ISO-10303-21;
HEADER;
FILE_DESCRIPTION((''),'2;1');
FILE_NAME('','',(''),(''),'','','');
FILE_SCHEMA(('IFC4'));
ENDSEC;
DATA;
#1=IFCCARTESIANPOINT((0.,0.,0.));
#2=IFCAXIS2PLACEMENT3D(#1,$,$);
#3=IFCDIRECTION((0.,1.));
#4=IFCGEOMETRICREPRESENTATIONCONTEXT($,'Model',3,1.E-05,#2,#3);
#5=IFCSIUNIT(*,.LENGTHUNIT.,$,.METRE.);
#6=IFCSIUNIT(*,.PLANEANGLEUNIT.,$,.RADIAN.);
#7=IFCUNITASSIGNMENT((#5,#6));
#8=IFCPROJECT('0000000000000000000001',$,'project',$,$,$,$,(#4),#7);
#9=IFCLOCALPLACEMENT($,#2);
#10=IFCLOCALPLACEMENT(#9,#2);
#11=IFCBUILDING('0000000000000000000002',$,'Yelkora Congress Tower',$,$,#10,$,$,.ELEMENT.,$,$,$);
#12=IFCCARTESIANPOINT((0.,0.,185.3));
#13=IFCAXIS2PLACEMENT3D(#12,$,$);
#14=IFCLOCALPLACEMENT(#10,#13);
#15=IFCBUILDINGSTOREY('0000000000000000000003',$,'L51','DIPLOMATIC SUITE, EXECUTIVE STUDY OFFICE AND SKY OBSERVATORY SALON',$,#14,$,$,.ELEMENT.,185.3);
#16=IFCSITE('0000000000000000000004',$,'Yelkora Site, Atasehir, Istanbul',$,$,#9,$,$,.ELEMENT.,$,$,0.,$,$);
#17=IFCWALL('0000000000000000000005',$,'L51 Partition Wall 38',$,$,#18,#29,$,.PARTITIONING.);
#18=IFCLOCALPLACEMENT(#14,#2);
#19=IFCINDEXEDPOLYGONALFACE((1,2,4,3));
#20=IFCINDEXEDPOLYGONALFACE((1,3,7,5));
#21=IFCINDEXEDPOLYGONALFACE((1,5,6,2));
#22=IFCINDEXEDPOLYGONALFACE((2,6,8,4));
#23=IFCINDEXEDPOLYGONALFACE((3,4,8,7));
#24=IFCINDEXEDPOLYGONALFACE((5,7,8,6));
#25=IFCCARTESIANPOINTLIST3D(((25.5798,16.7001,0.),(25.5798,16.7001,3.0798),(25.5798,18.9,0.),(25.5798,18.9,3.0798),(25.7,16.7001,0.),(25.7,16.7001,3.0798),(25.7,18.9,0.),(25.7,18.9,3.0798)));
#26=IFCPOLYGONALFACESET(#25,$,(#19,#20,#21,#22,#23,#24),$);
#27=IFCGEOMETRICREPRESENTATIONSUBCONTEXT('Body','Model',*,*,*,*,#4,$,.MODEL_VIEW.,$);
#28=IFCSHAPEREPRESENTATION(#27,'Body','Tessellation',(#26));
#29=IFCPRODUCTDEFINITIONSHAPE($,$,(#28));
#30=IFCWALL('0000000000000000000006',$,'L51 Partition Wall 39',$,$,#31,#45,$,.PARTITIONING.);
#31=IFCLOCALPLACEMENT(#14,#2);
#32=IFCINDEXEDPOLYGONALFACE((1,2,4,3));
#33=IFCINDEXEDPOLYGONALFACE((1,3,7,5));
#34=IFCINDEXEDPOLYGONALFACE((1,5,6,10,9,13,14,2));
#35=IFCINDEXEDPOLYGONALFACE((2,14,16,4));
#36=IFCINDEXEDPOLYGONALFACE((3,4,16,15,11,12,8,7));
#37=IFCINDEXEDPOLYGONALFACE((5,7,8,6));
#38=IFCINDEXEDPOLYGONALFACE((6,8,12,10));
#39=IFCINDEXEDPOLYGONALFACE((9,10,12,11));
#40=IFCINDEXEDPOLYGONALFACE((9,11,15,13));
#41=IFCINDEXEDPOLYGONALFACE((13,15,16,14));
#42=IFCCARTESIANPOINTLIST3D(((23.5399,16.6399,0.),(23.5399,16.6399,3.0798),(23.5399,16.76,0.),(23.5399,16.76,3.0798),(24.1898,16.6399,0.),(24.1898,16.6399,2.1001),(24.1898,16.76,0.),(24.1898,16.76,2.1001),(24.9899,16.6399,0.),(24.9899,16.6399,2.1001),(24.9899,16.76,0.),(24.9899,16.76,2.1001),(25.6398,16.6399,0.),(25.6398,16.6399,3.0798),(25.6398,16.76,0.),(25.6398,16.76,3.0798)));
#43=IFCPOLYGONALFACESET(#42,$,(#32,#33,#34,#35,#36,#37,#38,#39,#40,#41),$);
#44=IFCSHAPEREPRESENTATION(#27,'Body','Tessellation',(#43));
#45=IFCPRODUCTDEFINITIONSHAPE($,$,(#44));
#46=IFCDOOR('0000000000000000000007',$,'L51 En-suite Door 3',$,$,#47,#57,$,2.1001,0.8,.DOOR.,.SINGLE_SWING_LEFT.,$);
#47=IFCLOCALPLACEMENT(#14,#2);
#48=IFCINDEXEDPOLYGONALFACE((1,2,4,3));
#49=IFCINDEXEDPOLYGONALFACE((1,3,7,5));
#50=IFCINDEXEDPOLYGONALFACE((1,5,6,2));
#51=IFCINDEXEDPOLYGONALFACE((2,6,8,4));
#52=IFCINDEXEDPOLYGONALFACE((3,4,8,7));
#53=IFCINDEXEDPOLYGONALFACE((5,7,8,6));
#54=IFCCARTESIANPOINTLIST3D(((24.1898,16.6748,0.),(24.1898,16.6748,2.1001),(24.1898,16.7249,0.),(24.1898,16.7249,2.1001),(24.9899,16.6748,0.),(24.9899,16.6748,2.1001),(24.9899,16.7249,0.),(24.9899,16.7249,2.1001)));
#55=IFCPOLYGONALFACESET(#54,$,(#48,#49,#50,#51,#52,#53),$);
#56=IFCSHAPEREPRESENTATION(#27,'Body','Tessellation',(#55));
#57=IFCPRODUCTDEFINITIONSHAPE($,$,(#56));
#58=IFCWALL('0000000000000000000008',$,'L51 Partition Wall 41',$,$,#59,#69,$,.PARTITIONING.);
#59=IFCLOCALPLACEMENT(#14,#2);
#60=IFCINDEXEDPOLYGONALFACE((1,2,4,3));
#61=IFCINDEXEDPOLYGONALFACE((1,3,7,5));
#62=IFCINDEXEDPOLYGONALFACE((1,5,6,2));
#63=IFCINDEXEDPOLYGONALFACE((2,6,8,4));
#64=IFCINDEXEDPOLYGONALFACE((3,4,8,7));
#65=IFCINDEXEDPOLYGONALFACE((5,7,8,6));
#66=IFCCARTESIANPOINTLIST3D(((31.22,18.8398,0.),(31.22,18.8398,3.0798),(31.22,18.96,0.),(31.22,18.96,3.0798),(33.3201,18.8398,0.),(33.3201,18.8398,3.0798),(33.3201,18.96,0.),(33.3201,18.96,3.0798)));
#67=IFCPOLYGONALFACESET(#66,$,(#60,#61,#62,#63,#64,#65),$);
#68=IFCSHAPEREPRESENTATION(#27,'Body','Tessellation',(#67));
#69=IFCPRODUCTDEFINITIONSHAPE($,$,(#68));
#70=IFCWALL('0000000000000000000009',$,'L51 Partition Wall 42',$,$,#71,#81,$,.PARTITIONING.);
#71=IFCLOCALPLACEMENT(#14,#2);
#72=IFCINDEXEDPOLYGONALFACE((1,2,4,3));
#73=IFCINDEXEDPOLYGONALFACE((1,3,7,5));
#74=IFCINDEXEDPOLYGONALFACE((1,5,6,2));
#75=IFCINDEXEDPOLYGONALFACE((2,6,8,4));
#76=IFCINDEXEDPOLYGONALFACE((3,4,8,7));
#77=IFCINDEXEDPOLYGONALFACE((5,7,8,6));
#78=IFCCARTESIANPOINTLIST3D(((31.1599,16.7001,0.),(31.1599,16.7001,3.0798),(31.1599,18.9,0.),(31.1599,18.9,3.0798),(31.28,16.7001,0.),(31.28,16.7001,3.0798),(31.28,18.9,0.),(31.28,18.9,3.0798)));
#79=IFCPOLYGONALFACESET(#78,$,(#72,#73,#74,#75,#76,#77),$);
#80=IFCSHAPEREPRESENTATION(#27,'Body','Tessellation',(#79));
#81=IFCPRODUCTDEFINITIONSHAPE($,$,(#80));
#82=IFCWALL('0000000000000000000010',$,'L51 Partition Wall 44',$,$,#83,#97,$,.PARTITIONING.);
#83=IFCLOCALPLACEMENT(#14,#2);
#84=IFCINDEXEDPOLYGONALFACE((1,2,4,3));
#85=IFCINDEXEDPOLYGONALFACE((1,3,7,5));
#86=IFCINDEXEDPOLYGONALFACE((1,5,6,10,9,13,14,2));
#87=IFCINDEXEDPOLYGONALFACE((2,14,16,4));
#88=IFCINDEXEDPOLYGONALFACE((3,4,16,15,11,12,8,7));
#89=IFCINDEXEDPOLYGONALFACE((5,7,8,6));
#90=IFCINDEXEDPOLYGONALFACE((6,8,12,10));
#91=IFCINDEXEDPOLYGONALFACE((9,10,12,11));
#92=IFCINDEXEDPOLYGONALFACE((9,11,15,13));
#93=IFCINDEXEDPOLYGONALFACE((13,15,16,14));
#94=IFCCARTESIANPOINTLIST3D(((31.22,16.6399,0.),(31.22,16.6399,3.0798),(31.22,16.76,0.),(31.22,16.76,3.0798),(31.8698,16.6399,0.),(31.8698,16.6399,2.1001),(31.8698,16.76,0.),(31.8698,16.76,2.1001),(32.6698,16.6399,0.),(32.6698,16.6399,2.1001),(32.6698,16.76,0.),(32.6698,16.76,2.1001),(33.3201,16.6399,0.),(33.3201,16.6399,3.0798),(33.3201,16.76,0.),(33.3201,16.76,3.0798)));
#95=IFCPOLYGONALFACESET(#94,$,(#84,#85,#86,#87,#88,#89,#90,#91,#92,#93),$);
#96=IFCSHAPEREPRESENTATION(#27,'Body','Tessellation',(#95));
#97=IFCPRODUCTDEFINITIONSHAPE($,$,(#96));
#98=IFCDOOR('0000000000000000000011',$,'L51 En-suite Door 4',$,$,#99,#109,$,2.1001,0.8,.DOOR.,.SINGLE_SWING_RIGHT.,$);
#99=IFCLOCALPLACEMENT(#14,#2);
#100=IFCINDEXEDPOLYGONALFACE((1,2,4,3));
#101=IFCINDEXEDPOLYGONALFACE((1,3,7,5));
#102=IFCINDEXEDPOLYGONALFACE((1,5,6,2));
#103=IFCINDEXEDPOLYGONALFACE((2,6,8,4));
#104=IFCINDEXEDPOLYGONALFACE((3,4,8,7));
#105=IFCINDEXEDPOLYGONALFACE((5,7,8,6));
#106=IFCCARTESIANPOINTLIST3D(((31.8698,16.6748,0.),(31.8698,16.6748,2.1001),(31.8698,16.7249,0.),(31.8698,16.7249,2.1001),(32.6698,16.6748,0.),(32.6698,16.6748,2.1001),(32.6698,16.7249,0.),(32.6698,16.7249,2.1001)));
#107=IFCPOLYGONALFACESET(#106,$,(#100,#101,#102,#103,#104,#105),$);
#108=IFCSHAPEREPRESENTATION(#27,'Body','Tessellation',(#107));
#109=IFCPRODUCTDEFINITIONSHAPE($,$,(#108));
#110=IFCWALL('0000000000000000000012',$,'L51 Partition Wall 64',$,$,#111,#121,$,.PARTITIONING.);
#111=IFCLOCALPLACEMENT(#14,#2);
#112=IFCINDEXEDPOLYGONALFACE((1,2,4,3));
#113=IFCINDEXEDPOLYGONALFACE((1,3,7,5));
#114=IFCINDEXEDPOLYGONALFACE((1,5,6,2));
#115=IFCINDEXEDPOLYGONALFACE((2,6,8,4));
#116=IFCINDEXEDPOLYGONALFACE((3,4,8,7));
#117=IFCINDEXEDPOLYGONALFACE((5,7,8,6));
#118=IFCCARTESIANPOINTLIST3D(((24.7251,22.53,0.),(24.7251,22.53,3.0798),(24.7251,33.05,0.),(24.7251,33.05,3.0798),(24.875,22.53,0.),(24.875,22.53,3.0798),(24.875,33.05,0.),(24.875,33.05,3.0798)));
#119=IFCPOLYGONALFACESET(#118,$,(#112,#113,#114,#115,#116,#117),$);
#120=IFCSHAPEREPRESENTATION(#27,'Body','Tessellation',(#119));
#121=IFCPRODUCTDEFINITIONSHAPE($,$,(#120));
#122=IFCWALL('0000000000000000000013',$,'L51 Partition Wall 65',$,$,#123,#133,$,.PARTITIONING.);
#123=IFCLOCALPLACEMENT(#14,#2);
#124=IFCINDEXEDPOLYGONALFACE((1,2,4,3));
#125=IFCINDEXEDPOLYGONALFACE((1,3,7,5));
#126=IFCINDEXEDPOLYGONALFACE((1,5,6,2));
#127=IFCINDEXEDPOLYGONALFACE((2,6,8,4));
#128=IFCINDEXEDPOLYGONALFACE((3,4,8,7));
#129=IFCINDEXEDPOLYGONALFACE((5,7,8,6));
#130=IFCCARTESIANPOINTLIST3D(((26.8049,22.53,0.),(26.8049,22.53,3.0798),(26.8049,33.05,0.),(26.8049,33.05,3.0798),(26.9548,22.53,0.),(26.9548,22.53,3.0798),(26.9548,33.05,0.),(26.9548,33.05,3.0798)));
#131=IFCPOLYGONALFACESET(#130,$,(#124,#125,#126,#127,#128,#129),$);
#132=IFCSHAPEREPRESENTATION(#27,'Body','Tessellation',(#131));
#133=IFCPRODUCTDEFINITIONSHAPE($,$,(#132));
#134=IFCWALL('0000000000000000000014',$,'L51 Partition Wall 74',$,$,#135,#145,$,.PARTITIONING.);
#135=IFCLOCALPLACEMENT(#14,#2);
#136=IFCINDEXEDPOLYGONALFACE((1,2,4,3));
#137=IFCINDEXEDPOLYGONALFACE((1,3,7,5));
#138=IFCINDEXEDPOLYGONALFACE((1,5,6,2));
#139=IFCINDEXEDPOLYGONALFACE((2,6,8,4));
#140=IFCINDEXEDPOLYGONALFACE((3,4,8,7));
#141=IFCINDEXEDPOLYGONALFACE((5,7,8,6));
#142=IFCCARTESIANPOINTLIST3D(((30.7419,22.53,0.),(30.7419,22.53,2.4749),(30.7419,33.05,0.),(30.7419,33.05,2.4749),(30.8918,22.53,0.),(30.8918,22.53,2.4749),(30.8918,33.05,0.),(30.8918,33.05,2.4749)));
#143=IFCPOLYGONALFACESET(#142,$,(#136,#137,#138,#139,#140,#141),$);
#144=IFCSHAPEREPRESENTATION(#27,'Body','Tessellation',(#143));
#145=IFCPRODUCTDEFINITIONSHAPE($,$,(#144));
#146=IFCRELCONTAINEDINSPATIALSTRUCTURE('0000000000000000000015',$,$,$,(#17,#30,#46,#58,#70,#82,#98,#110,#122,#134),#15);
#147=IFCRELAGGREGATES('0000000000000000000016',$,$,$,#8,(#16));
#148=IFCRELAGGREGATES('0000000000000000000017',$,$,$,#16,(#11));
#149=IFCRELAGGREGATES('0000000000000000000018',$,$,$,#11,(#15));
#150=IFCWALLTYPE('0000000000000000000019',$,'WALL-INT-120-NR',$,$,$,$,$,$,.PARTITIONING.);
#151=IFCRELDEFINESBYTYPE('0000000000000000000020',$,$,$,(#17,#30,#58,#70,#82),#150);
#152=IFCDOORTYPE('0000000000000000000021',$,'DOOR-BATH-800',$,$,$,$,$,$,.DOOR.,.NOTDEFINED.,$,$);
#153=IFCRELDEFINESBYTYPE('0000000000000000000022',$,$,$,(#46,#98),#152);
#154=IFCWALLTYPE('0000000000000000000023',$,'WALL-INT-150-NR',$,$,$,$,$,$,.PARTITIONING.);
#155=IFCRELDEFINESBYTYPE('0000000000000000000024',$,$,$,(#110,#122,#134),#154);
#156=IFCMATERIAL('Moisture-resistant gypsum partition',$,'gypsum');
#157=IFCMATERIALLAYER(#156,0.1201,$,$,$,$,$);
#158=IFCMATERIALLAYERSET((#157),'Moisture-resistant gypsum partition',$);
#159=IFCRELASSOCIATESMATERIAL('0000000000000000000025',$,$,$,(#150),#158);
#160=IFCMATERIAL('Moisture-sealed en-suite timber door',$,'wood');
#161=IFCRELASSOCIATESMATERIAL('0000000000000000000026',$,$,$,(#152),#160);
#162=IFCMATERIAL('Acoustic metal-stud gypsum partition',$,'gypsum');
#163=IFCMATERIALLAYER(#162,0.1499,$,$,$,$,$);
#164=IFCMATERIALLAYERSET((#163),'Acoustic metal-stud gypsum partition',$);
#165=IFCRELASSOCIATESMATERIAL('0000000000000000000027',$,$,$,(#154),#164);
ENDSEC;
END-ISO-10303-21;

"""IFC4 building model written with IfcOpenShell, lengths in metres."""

from ifc_helpers import new_model, si_unit, direction, frame, frame_2d, origin, place, context, subcontext, project, spatial, rectangle, extrude, material, layer, layer_set, type_object, element, fill, save


model = new_model("IFC4")

# Units and contexts
model_context = context("Model", 3, precision=1e-05, world=origin(), true_north=direction((0.0, 1.0)))
body_context = subcontext(model_context, "Body", "Model", "MODEL_VIEW")
ifc_project = project(units=[si_unit("LENGTHUNIT", "METRE"), si_unit("PLANEANGLEUNIT", "RADIAN")], contexts=[model_context])

# Site, building, storey
site_placement = place(None, origin())
site = spatial("IfcSite", under=ifc_project, at=site_placement, Name="Yelkora Site, Atasehir, Istanbul", CompositionType="ELEMENT", RefElevation=0.0)
building_placement = place(site_placement, origin())
building = spatial("IfcBuilding", under=site, at=building_placement, Name="Yelkora Congress Tower", CompositionType="ELEMENT")
storey_placement = place(building_placement, frame((0.0, 0.0, 185.3)))
storey = spatial("IfcBuildingStorey", under=building, at=storey_placement, Name="L51", Description="DIPLOMATIC SUITE, EXECUTIVE STUDY OFFICE AND SKY OBSERVATORY SALON", CompositionType="ELEMENT", Elevation=185.3)

# Wall
ifc_material_1 = material(Name="Moisture-resistant gypsum partition", Category="gypsum")
ifc_layer_1 = layer(ifc_material_1, 0.1201)
ifc_layer_set_1 = layer_set([ifc_layer_1], Name="Moisture-resistant gypsum partition")
wall_type_1 = type_object("IfcWallType", Name="WALL-INT-120-NR", PredefinedType="PARTITIONING", material=ifc_layer_set_1)
wall_1_placement = place(storey_placement, frame((25.6399, 16.7, 0.0), z_axis=(0.0, 0.0, 1.0), x_axis=(0.0, 1.0, 0.0)))
element("IfcWall", 1, at=wall_1_placement, inside=storey, type_object=wall_type_1, Name="L51 Partition Wall 38", PredefinedType="PARTITIONING", context=body_context, shape_type="SweptSolid", body=[
    extrude(rectangle(XDim=2.2, YDim=0.1201, at=frame_2d((1.1001, 0.0))), origin(), (0.0, 0.0, 1.0), 3.0798),
])

# Wall, opening, door
wall_2_placement = place(storey_placement, frame((23.54, 16.7, 0.0), z_axis=(0.0, 0.0, 1.0), x_axis=(1.0, 0.0, 0.0)))
wall_2 = element("IfcWall", 2, at=wall_2_placement, inside=storey, type_object=wall_type_1, Name="L51 Partition Wall 39", PredefinedType="PARTITIONING", context=body_context, shape_type="SweptSolid", body=[
    extrude(rectangle(XDim=2.0999, YDim=0.1201, at=frame_2d((1.0498, 0.0))), origin(), (0.0, 0.0, 1.0), 3.0798),
])
opening_1_placement = place(wall_2_placement, frame((0.6499, 0.0, 0.0)))
opening_1 = element("IfcOpeningElement", 3, at=opening_1_placement, cuts=wall_2, PredefinedType="OPENING", context=body_context, shape_type="SweptSolid", body=[
    extrude(rectangle(XDim=0.8, YDim=2.1001, at=frame_2d((0.3999, 1.05))), frame((0.0, 0.0701, 0.0), z_axis=(0.0, -1.0, 0.0), x_axis=(1.0, 0.0, 0.0)), (0.0, 0.0, 1.0), 0.1401),
])
ifc_material_2 = material(Name="Moisture-sealed en-suite timber door", Category="wood")
door_type_1 = type_object("IfcDoorType", Name="DOOR-BATH-800", OperationType="NOTDEFINED", PredefinedType="DOOR", material=ifc_material_2)
door_1_placement = place(opening_1_placement, origin())
door_1 = element("IfcDoor", 4, at=door_1_placement, inside=storey, type_object=door_type_1, Name="L51 En-suite Door 3", OperationType="SINGLE_SWING_LEFT", OverallHeight=2.1001, OverallWidth=0.8, PredefinedType="DOOR", context=body_context, shape_type="SweptSolid", body=[
    extrude(rectangle(XDim=0.8, YDim=2.1001, at=frame_2d((0.3999, 1.05))), frame((0.0, 0.0249, 0.0), z_axis=(0.0, -1.0, 0.0), x_axis=(1.0, 0.0, 0.0)), (0.0, 0.0, 1.0), 0.05),
])
fill(opening_1, door_1)

# Walls
wall_3_placement = place(storey_placement, frame((31.22, 18.8999, 0.0), z_axis=(0.0, 0.0, 1.0), x_axis=(1.0, 0.0, 0.0)))
element("IfcWall", 5, at=wall_3_placement, inside=storey, type_object=wall_type_1, Name="L51 Partition Wall 41", PredefinedType="PARTITIONING", context=body_context, shape_type="SweptSolid", body=[
    extrude(rectangle(XDim=2.1001, YDim=0.1201, at=frame_2d((1.05, 0.0))), origin(), (0.0, 0.0, 1.0), 3.0798),
])
wall_4_placement = place(storey_placement, frame((31.22, 16.7, 0.0), z_axis=(0.0, 0.0, 1.0), x_axis=(0.0, 1.0, 0.0)))
element("IfcWall", 6, at=wall_4_placement, inside=storey, type_object=wall_type_1, Name="L51 Partition Wall 42", PredefinedType="PARTITIONING", context=body_context, shape_type="SweptSolid", body=[
    extrude(rectangle(XDim=2.2, YDim=0.1201, at=frame_2d((1.1001, 0.0))), origin(), (0.0, 0.0, 1.0), 3.0798),
])

# Wall, opening, door
wall_5_placement = place(storey_placement, frame((31.22, 16.7, 0.0), z_axis=(0.0, 0.0, 1.0), x_axis=(1.0, 0.0, 0.0)))
wall_5 = element("IfcWall", 7, at=wall_5_placement, inside=storey, type_object=wall_type_1, Name="L51 Partition Wall 44", PredefinedType="PARTITIONING", context=body_context, shape_type="SweptSolid", body=[
    extrude(rectangle(XDim=2.1001, YDim=0.1201, at=frame_2d((1.05, 0.0))), origin(), (0.0, 0.0, 1.0), 3.0798),
])
opening_2_placement = place(wall_5_placement, frame((0.6499, 0.0, 0.0)))
opening_2 = element("IfcOpeningElement", 8, at=opening_2_placement, cuts=wall_5, PredefinedType="OPENING", context=body_context, shape_type="SweptSolid", body=[
    extrude(rectangle(XDim=0.8, YDim=2.1001, at=frame_2d((0.3999, 1.05))), frame((0.0, 0.0701, 0.0), z_axis=(0.0, -1.0, 0.0), x_axis=(1.0, 0.0, 0.0)), (0.0, 0.0, 1.0), 0.1401),
])
door_2_placement = place(opening_2_placement, origin())
door_2 = element("IfcDoor", 9, at=door_2_placement, inside=storey, type_object=door_type_1, Name="L51 En-suite Door 4", OperationType="SINGLE_SWING_RIGHT", OverallHeight=2.1001, OverallWidth=0.8, PredefinedType="DOOR", context=body_context, shape_type="SweptSolid", body=[
    extrude(rectangle(XDim=0.8, YDim=2.1001, at=frame_2d((0.3999, 1.05))), frame((0.0, 0.0249, 0.0), z_axis=(0.0, -1.0, 0.0), x_axis=(1.0, 0.0, 0.0)), (0.0, 0.0, 1.0), 0.05),
])
fill(opening_2, door_2)

# Walls
ifc_material_3 = material(Name="Acoustic metal-stud gypsum partition", Category="gypsum")
ifc_layer_2 = layer(ifc_material_3, 0.1499)
ifc_layer_set_2 = layer_set([ifc_layer_2], Name="Acoustic metal-stud gypsum partition")
wall_type_2 = type_object("IfcWallType", Name="WALL-INT-150-NR", PredefinedType="PARTITIONING", material=ifc_layer_set_2)
for number, where, z_axis, x_axis, name in (
    (10, (24.8, 22.53, 0.0), (0.0, 0.0, 1.0), (0.0, 1.0, 0.0), "L51 Partition Wall 64"),
    (11, (26.8799, 22.53, 0.0), (0.0, 0.0, 1.0), (0.0, 1.0, 0.0), "L51 Partition Wall 65"),
):
    element("IfcWall", number, at=place(storey_placement, frame(where, z_axis=z_axis, x_axis=x_axis)), inside=storey, type_object=wall_type_2, Name=name, PredefinedType="PARTITIONING", context=body_context, shape_type="SweptSolid", body=[
        extrude(rectangle(XDim=10.52, YDim=0.1499, at=frame_2d((5.26, 0.0))), origin(), (0.0, 0.0, 1.0), 3.0798),
    ])
wall_6_placement = place(storey_placement, frame((30.8169, 22.53, 0.0), z_axis=(0.0, 0.0, 1.0), x_axis=(0.0, 1.0, 0.0)))
element("IfcWall", 12, at=wall_6_placement, inside=storey, type_object=wall_type_2, Name="L51 Partition Wall 74", PredefinedType="PARTITIONING", context=body_context, shape_type="SweptSolid", body=[
    extrude(rectangle(XDim=10.52, YDim=0.1499, at=frame_2d((5.26, 0.0))), origin(), (0.0, 0.0, 1.0), 2.4749),
])

save(model, "model.ifc")
